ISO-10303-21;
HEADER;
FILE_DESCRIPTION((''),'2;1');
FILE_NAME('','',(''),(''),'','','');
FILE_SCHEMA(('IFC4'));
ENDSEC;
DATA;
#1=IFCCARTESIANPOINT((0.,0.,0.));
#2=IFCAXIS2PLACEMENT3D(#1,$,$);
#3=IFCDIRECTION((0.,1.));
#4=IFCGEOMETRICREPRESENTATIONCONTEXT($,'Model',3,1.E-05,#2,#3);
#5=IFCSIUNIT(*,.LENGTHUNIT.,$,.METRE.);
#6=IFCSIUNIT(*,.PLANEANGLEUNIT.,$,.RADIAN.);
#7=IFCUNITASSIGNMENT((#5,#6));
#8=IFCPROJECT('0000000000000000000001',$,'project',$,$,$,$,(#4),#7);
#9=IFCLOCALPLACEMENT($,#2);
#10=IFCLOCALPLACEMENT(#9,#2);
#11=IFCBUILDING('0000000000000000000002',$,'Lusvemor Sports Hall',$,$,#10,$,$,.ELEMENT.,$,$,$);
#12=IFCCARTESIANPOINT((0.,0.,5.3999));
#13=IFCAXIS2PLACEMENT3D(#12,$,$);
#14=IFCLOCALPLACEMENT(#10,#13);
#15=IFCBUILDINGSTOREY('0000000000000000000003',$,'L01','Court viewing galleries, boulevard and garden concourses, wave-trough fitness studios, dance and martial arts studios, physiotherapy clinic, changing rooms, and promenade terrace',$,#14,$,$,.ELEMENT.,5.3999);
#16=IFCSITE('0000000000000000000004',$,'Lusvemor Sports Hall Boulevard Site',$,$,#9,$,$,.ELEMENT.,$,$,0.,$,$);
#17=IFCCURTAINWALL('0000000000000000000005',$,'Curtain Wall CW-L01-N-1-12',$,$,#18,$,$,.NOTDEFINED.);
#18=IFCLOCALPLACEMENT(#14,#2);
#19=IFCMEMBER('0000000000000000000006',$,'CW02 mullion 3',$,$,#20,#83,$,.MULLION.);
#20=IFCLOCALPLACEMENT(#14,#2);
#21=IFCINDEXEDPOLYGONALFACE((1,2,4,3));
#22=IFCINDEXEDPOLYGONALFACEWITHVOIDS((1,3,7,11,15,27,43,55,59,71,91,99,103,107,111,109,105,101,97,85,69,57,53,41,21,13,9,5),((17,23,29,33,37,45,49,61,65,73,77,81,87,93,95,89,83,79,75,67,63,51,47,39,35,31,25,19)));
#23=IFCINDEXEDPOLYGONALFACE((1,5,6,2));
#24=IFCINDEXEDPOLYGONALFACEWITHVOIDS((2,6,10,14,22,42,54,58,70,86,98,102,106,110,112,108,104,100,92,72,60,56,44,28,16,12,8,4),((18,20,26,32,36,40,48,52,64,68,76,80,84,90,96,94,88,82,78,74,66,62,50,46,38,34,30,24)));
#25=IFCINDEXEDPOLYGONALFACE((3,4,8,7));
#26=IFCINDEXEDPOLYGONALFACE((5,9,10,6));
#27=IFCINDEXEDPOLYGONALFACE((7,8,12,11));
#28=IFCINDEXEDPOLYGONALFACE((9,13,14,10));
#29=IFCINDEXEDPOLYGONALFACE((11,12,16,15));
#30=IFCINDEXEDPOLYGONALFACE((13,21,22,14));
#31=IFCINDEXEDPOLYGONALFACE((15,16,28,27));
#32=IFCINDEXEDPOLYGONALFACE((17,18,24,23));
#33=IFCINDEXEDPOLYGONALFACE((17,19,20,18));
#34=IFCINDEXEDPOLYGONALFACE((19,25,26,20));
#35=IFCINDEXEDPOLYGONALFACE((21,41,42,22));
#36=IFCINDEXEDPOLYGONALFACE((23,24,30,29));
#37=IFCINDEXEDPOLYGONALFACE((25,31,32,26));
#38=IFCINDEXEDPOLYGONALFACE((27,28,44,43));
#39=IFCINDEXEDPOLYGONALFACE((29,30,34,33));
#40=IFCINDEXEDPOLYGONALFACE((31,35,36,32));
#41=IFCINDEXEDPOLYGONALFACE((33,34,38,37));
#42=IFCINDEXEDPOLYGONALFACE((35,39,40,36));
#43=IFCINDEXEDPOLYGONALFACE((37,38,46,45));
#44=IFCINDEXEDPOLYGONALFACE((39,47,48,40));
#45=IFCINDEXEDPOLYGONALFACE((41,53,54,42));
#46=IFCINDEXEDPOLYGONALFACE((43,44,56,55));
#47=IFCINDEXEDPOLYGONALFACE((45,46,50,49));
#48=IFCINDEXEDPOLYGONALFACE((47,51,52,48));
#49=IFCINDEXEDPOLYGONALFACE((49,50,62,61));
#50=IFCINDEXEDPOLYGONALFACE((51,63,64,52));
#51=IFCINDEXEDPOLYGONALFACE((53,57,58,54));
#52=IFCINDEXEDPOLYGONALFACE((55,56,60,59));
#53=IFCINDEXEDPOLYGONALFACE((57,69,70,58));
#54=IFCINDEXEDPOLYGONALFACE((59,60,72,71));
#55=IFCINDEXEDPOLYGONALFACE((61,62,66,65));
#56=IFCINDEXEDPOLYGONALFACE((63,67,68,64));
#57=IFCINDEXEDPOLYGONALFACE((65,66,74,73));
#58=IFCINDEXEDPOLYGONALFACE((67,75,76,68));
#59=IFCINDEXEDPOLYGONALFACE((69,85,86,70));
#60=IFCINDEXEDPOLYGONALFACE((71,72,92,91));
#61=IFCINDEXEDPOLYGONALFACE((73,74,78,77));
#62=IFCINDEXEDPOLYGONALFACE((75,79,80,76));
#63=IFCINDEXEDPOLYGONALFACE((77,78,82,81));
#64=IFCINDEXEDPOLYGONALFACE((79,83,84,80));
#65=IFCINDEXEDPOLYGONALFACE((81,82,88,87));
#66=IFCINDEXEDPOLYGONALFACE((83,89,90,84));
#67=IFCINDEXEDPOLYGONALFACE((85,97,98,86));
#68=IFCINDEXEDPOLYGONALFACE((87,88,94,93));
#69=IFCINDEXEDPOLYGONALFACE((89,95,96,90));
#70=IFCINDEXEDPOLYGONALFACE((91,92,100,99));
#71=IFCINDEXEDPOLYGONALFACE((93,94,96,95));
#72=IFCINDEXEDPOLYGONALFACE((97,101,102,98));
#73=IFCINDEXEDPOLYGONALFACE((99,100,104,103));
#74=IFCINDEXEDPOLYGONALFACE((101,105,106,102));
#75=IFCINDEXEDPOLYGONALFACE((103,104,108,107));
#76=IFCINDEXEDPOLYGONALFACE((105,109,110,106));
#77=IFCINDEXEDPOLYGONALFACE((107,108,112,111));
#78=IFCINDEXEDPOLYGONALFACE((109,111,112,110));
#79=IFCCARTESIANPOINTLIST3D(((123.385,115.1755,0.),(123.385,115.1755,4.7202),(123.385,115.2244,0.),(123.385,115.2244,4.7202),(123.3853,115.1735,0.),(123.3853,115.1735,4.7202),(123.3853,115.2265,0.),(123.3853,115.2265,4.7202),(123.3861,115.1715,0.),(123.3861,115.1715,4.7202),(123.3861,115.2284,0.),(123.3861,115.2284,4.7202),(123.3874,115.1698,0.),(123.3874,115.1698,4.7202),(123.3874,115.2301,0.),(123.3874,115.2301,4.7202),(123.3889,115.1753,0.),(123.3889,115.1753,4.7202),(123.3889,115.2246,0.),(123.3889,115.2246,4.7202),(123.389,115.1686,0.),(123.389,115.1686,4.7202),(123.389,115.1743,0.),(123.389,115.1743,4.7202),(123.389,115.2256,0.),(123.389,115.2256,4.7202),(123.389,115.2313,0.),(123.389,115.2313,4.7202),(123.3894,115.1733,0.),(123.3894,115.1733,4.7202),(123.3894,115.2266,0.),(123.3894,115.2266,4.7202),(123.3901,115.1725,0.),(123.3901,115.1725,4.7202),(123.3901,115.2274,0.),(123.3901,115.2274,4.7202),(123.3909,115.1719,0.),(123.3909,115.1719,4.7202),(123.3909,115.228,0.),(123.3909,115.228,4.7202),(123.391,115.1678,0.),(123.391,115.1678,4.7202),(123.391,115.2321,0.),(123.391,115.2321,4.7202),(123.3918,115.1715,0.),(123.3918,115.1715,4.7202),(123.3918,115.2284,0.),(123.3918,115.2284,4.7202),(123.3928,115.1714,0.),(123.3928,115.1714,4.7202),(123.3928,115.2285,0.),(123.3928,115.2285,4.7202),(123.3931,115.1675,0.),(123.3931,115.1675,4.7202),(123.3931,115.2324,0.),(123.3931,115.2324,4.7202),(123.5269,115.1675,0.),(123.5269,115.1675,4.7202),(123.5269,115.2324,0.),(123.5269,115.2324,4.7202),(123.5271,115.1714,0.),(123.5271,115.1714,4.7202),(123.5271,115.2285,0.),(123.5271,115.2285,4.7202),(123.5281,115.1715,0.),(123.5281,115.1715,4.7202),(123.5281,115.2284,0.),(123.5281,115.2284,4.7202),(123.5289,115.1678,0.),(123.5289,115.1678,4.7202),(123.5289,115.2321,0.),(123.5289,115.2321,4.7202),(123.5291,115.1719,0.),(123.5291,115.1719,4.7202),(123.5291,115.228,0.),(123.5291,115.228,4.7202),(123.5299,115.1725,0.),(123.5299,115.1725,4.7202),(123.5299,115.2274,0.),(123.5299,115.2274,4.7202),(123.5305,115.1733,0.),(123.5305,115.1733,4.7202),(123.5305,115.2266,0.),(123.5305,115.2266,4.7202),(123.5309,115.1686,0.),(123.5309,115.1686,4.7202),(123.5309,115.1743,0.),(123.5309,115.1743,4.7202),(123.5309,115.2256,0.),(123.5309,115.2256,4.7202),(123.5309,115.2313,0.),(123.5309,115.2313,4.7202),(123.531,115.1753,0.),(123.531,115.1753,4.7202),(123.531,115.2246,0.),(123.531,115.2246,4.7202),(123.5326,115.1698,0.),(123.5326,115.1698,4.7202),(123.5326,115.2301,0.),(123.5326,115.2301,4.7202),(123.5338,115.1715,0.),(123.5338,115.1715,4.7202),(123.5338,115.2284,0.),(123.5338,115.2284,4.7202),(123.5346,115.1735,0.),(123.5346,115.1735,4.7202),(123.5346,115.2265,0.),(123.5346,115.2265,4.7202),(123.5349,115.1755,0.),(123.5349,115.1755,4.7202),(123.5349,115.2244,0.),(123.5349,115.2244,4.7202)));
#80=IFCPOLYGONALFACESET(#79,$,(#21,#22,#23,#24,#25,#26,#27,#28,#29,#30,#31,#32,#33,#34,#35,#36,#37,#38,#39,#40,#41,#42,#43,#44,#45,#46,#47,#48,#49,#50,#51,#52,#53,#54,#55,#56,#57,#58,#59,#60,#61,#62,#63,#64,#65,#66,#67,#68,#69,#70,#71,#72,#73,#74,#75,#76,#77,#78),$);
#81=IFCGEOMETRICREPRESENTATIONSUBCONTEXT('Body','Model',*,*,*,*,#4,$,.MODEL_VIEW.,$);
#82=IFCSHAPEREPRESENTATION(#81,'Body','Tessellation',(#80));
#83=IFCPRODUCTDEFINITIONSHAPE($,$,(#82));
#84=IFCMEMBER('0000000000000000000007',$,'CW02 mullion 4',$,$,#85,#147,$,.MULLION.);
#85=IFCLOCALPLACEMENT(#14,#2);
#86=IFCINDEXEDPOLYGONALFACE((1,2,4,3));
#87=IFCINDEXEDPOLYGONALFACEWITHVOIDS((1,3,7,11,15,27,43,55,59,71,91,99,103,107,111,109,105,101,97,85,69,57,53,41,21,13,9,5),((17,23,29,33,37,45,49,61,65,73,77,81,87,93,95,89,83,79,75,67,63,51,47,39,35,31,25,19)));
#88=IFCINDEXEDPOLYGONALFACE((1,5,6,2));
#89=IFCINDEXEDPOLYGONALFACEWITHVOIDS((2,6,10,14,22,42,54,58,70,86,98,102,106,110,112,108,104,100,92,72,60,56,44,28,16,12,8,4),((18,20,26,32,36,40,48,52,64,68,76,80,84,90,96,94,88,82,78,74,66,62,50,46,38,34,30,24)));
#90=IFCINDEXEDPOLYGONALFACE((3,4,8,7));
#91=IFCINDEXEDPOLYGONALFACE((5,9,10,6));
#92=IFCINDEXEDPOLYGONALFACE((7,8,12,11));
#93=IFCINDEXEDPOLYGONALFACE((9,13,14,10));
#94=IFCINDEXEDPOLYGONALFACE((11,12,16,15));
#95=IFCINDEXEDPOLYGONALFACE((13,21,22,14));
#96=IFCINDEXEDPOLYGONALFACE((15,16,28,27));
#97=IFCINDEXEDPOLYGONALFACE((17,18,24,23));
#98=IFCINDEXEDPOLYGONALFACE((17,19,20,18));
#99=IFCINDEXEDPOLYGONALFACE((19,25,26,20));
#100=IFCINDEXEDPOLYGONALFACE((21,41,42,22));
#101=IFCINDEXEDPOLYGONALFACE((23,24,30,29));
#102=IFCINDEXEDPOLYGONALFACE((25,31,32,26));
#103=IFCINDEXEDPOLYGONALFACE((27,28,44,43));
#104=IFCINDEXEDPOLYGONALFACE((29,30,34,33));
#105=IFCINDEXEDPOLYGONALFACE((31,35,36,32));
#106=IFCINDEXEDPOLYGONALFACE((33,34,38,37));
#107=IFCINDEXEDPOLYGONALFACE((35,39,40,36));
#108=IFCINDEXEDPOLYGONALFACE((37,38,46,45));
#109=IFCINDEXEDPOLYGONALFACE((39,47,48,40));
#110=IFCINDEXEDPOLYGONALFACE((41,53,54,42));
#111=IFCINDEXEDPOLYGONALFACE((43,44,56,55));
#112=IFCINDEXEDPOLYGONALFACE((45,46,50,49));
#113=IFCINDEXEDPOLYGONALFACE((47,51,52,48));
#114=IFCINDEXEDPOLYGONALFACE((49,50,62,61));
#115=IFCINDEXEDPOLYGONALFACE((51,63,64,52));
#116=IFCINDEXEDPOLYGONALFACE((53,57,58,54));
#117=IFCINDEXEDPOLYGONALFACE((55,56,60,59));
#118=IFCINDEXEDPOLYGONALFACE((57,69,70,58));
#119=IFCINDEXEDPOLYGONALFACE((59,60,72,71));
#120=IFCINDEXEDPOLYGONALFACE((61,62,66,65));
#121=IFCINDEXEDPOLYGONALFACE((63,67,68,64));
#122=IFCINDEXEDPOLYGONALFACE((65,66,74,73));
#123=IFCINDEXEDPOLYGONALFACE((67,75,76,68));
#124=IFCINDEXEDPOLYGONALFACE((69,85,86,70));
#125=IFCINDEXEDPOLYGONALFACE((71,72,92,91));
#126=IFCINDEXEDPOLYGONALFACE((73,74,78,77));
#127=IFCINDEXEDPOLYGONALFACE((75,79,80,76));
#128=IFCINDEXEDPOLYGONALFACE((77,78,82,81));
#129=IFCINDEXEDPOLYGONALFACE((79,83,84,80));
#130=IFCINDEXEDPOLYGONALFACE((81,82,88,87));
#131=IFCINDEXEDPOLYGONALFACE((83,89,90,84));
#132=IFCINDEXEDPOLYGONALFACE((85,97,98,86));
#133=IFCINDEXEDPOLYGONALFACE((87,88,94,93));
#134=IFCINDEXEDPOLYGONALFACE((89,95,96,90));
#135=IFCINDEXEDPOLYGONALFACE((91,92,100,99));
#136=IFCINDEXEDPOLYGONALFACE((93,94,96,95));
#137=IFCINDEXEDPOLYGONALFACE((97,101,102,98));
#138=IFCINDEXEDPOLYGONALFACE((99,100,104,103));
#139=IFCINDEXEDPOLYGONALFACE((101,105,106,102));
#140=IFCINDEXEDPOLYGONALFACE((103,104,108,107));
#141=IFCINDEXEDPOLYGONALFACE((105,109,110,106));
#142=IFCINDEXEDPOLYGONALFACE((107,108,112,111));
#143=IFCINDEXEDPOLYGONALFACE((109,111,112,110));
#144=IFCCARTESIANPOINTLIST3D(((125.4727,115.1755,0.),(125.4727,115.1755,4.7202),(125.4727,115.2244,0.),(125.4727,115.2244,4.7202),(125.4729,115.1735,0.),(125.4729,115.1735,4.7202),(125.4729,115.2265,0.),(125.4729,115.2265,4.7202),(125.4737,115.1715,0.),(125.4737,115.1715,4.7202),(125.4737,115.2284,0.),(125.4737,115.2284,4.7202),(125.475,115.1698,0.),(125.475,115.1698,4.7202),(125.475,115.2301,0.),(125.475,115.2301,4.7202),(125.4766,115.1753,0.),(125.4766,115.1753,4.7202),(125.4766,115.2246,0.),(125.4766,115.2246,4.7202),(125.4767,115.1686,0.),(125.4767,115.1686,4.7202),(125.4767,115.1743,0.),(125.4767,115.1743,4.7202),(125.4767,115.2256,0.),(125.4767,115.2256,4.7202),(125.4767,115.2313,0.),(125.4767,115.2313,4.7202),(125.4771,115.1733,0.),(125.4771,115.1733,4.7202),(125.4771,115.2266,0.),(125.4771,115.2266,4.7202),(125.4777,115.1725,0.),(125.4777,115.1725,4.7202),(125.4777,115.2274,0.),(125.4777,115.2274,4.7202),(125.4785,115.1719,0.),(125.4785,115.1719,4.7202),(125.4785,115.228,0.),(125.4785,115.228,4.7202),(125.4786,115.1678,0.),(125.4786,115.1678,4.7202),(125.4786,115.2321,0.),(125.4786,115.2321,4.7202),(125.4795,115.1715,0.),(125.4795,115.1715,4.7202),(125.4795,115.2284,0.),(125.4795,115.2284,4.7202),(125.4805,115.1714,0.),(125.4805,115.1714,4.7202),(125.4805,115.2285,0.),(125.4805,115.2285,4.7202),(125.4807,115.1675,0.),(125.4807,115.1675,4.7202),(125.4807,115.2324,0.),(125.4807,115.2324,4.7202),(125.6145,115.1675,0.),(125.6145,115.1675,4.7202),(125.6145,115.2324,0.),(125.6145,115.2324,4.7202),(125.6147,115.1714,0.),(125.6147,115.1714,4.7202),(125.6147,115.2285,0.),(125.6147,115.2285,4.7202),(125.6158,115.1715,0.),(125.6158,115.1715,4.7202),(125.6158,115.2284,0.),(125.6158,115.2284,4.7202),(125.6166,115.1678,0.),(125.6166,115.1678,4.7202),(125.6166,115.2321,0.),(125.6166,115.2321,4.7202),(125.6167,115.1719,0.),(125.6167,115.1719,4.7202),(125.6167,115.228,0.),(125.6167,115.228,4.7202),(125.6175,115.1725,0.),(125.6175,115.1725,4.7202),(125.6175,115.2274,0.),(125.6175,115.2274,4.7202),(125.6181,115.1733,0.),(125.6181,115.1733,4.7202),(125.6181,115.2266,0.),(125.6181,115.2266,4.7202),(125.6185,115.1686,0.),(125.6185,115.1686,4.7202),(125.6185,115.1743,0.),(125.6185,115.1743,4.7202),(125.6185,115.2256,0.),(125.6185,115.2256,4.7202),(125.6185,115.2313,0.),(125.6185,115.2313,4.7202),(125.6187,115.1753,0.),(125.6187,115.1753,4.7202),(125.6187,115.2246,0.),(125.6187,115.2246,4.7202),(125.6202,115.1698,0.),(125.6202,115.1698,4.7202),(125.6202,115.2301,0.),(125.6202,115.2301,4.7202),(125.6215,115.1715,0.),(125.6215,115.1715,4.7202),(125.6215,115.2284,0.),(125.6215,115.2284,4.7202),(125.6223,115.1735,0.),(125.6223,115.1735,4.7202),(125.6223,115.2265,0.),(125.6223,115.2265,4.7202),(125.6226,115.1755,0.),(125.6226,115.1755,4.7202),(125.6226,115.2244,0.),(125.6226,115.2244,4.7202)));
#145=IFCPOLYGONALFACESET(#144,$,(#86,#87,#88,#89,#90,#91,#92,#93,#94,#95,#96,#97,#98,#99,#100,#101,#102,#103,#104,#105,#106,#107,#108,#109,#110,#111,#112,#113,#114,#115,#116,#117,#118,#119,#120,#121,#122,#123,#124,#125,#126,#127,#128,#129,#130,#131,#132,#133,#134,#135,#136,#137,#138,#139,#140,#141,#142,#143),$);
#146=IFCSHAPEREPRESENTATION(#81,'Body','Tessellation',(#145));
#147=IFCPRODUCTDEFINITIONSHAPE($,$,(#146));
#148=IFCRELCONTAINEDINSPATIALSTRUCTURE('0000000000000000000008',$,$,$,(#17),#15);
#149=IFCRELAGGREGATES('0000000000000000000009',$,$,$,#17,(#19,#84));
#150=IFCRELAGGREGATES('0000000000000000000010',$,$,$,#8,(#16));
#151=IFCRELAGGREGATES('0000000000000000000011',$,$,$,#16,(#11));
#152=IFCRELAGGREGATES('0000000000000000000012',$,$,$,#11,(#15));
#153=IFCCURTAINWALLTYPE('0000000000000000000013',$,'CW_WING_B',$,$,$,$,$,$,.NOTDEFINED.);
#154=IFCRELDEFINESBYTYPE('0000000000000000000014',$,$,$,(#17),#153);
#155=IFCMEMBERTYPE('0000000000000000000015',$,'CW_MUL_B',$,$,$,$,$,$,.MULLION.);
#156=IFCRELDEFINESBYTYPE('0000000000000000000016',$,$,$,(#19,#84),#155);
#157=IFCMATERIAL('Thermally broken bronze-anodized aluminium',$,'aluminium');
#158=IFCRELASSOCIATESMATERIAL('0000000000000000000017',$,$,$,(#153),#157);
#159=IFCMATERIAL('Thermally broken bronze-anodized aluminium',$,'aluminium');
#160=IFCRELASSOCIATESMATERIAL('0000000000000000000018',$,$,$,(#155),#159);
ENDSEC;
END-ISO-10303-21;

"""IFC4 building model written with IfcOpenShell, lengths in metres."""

from ifc_helpers import new_model, si_unit, direction, frame, origin, origin_2d, place, context, subcontext, project, spatial, hollow_rectangle, extrude, material, material_profile, profile_set, type_object, element, aggregate, save


model = new_model("IFC4")

# Units and contexts
model_context = context("Model", 3, precision=1e-05, world=origin(), true_north=direction((0.0, 1.0)))
body_context = subcontext(model_context, "Body", "Model", "MODEL_VIEW")
ifc_project = project(units=[si_unit("LENGTHUNIT", "METRE"), si_unit("PLANEANGLEUNIT", "RADIAN")], contexts=[model_context])

# Site, building, storey
site_placement = place(None, origin())
site = spatial("IfcSite", under=ifc_project, at=site_placement, Name="Lusvemor Sports Hall Boulevard Site", CompositionType="ELEMENT", RefElevation=0.0)
building_placement = place(site_placement, origin())
building = spatial("IfcBuilding", under=site, at=building_placement, Name="Lusvemor Sports Hall", CompositionType="ELEMENT")
storey_placement = place(building_placement, frame((0.0, 0.0, 5.3999)))
storey = spatial("IfcBuildingStorey", under=building, at=storey_placement, Name="L01", Description="Court viewing galleries, boulevard and garden concourses, wave-trough fitness studios, dance and martial arts studios, physiotherapy clinic, changing rooms, and promenade terrace", CompositionType="ELEMENT", Elevation=5.3999)

# Curtain wall, members
ifc_material_1 = material(Name="Thermally broken bronze-anodized aluminium", Category="aluminium")
curtain_wall_type = type_object("IfcCurtainWallType", Name="CW_WING_B", PredefinedType="NOTDEFINED", material=ifc_material_1)
curtain_wall_placement = place(storey_placement, origin())
curtain_wall = element("IfcCurtainWall", 1, at=curtain_wall_placement, inside=storey, type_object=curtain_wall_type, Name="Curtain Wall CW-L01-N-1-12", PredefinedType="NOTDEFINED")
ifc_material_2 = material(Name="Thermally broken bronze-anodized aluminium", Category="aluminium")
ifc_material_profile_1 = material_profile(ifc_material_2, hollow_rectangle(XDim=0.0649, YDim=0.1499, WallThickness=0.0039, InnerFilletRadius=0.0039, OuterFilletRadius=0.0081, at=origin_2d()), Name="CWMUL150x65x4")
ifc_profile_set_1 = profile_set([ifc_material_profile_1], Name="Thermally broken bronze-anodized aluminium")
member_type_1 = type_object("IfcMemberType", Name="CW_MUL_B", PredefinedType="MULLION", material=ifc_profile_set_1)
member_1_placement = place(storey_placement, frame((123.46, 115.2, 0.0), z_axis=(0.0, 0.0, 1.0), x_axis=(0.0, 1.0, 0.0)))
member_1 = element("IfcMember", 2, at=member_1_placement, type_object=member_type_1, Name="CW02 mullion 3", PredefinedType="MULLION", context=body_context, shape_type="SweptSolid", body=[
    extrude(hollow_rectangle(XDim=0.0649, YDim=0.1499, WallThickness=0.0039, InnerFilletRadius=0.0039, OuterFilletRadius=0.0081, at=origin_2d()), origin(), (0.0, 0.0, 1.0), 4.7202),
])
member_2_placement = place(storey_placement, frame((125.5476, 115.2, 0.0), z_axis=(0.0, 0.0, 1.0), x_axis=(0.0, 1.0, 0.0)))
member_2 = element("IfcMember", 3, at=member_2_placement, type_object=member_type_1, Name="CW02 mullion 4", PredefinedType="MULLION", context=body_context, shape_type="SweptSolid", body=[
    extrude(hollow_rectangle(XDim=0.0649, YDim=0.1499, WallThickness=0.0039, InnerFilletRadius=0.0039, OuterFilletRadius=0.0081, at=origin_2d()), origin(), (0.0, 0.0, 1.0), 4.7202),
])

aggregate(curtain_wall, [member_1, member_2])

save(model, "model.ifc")
